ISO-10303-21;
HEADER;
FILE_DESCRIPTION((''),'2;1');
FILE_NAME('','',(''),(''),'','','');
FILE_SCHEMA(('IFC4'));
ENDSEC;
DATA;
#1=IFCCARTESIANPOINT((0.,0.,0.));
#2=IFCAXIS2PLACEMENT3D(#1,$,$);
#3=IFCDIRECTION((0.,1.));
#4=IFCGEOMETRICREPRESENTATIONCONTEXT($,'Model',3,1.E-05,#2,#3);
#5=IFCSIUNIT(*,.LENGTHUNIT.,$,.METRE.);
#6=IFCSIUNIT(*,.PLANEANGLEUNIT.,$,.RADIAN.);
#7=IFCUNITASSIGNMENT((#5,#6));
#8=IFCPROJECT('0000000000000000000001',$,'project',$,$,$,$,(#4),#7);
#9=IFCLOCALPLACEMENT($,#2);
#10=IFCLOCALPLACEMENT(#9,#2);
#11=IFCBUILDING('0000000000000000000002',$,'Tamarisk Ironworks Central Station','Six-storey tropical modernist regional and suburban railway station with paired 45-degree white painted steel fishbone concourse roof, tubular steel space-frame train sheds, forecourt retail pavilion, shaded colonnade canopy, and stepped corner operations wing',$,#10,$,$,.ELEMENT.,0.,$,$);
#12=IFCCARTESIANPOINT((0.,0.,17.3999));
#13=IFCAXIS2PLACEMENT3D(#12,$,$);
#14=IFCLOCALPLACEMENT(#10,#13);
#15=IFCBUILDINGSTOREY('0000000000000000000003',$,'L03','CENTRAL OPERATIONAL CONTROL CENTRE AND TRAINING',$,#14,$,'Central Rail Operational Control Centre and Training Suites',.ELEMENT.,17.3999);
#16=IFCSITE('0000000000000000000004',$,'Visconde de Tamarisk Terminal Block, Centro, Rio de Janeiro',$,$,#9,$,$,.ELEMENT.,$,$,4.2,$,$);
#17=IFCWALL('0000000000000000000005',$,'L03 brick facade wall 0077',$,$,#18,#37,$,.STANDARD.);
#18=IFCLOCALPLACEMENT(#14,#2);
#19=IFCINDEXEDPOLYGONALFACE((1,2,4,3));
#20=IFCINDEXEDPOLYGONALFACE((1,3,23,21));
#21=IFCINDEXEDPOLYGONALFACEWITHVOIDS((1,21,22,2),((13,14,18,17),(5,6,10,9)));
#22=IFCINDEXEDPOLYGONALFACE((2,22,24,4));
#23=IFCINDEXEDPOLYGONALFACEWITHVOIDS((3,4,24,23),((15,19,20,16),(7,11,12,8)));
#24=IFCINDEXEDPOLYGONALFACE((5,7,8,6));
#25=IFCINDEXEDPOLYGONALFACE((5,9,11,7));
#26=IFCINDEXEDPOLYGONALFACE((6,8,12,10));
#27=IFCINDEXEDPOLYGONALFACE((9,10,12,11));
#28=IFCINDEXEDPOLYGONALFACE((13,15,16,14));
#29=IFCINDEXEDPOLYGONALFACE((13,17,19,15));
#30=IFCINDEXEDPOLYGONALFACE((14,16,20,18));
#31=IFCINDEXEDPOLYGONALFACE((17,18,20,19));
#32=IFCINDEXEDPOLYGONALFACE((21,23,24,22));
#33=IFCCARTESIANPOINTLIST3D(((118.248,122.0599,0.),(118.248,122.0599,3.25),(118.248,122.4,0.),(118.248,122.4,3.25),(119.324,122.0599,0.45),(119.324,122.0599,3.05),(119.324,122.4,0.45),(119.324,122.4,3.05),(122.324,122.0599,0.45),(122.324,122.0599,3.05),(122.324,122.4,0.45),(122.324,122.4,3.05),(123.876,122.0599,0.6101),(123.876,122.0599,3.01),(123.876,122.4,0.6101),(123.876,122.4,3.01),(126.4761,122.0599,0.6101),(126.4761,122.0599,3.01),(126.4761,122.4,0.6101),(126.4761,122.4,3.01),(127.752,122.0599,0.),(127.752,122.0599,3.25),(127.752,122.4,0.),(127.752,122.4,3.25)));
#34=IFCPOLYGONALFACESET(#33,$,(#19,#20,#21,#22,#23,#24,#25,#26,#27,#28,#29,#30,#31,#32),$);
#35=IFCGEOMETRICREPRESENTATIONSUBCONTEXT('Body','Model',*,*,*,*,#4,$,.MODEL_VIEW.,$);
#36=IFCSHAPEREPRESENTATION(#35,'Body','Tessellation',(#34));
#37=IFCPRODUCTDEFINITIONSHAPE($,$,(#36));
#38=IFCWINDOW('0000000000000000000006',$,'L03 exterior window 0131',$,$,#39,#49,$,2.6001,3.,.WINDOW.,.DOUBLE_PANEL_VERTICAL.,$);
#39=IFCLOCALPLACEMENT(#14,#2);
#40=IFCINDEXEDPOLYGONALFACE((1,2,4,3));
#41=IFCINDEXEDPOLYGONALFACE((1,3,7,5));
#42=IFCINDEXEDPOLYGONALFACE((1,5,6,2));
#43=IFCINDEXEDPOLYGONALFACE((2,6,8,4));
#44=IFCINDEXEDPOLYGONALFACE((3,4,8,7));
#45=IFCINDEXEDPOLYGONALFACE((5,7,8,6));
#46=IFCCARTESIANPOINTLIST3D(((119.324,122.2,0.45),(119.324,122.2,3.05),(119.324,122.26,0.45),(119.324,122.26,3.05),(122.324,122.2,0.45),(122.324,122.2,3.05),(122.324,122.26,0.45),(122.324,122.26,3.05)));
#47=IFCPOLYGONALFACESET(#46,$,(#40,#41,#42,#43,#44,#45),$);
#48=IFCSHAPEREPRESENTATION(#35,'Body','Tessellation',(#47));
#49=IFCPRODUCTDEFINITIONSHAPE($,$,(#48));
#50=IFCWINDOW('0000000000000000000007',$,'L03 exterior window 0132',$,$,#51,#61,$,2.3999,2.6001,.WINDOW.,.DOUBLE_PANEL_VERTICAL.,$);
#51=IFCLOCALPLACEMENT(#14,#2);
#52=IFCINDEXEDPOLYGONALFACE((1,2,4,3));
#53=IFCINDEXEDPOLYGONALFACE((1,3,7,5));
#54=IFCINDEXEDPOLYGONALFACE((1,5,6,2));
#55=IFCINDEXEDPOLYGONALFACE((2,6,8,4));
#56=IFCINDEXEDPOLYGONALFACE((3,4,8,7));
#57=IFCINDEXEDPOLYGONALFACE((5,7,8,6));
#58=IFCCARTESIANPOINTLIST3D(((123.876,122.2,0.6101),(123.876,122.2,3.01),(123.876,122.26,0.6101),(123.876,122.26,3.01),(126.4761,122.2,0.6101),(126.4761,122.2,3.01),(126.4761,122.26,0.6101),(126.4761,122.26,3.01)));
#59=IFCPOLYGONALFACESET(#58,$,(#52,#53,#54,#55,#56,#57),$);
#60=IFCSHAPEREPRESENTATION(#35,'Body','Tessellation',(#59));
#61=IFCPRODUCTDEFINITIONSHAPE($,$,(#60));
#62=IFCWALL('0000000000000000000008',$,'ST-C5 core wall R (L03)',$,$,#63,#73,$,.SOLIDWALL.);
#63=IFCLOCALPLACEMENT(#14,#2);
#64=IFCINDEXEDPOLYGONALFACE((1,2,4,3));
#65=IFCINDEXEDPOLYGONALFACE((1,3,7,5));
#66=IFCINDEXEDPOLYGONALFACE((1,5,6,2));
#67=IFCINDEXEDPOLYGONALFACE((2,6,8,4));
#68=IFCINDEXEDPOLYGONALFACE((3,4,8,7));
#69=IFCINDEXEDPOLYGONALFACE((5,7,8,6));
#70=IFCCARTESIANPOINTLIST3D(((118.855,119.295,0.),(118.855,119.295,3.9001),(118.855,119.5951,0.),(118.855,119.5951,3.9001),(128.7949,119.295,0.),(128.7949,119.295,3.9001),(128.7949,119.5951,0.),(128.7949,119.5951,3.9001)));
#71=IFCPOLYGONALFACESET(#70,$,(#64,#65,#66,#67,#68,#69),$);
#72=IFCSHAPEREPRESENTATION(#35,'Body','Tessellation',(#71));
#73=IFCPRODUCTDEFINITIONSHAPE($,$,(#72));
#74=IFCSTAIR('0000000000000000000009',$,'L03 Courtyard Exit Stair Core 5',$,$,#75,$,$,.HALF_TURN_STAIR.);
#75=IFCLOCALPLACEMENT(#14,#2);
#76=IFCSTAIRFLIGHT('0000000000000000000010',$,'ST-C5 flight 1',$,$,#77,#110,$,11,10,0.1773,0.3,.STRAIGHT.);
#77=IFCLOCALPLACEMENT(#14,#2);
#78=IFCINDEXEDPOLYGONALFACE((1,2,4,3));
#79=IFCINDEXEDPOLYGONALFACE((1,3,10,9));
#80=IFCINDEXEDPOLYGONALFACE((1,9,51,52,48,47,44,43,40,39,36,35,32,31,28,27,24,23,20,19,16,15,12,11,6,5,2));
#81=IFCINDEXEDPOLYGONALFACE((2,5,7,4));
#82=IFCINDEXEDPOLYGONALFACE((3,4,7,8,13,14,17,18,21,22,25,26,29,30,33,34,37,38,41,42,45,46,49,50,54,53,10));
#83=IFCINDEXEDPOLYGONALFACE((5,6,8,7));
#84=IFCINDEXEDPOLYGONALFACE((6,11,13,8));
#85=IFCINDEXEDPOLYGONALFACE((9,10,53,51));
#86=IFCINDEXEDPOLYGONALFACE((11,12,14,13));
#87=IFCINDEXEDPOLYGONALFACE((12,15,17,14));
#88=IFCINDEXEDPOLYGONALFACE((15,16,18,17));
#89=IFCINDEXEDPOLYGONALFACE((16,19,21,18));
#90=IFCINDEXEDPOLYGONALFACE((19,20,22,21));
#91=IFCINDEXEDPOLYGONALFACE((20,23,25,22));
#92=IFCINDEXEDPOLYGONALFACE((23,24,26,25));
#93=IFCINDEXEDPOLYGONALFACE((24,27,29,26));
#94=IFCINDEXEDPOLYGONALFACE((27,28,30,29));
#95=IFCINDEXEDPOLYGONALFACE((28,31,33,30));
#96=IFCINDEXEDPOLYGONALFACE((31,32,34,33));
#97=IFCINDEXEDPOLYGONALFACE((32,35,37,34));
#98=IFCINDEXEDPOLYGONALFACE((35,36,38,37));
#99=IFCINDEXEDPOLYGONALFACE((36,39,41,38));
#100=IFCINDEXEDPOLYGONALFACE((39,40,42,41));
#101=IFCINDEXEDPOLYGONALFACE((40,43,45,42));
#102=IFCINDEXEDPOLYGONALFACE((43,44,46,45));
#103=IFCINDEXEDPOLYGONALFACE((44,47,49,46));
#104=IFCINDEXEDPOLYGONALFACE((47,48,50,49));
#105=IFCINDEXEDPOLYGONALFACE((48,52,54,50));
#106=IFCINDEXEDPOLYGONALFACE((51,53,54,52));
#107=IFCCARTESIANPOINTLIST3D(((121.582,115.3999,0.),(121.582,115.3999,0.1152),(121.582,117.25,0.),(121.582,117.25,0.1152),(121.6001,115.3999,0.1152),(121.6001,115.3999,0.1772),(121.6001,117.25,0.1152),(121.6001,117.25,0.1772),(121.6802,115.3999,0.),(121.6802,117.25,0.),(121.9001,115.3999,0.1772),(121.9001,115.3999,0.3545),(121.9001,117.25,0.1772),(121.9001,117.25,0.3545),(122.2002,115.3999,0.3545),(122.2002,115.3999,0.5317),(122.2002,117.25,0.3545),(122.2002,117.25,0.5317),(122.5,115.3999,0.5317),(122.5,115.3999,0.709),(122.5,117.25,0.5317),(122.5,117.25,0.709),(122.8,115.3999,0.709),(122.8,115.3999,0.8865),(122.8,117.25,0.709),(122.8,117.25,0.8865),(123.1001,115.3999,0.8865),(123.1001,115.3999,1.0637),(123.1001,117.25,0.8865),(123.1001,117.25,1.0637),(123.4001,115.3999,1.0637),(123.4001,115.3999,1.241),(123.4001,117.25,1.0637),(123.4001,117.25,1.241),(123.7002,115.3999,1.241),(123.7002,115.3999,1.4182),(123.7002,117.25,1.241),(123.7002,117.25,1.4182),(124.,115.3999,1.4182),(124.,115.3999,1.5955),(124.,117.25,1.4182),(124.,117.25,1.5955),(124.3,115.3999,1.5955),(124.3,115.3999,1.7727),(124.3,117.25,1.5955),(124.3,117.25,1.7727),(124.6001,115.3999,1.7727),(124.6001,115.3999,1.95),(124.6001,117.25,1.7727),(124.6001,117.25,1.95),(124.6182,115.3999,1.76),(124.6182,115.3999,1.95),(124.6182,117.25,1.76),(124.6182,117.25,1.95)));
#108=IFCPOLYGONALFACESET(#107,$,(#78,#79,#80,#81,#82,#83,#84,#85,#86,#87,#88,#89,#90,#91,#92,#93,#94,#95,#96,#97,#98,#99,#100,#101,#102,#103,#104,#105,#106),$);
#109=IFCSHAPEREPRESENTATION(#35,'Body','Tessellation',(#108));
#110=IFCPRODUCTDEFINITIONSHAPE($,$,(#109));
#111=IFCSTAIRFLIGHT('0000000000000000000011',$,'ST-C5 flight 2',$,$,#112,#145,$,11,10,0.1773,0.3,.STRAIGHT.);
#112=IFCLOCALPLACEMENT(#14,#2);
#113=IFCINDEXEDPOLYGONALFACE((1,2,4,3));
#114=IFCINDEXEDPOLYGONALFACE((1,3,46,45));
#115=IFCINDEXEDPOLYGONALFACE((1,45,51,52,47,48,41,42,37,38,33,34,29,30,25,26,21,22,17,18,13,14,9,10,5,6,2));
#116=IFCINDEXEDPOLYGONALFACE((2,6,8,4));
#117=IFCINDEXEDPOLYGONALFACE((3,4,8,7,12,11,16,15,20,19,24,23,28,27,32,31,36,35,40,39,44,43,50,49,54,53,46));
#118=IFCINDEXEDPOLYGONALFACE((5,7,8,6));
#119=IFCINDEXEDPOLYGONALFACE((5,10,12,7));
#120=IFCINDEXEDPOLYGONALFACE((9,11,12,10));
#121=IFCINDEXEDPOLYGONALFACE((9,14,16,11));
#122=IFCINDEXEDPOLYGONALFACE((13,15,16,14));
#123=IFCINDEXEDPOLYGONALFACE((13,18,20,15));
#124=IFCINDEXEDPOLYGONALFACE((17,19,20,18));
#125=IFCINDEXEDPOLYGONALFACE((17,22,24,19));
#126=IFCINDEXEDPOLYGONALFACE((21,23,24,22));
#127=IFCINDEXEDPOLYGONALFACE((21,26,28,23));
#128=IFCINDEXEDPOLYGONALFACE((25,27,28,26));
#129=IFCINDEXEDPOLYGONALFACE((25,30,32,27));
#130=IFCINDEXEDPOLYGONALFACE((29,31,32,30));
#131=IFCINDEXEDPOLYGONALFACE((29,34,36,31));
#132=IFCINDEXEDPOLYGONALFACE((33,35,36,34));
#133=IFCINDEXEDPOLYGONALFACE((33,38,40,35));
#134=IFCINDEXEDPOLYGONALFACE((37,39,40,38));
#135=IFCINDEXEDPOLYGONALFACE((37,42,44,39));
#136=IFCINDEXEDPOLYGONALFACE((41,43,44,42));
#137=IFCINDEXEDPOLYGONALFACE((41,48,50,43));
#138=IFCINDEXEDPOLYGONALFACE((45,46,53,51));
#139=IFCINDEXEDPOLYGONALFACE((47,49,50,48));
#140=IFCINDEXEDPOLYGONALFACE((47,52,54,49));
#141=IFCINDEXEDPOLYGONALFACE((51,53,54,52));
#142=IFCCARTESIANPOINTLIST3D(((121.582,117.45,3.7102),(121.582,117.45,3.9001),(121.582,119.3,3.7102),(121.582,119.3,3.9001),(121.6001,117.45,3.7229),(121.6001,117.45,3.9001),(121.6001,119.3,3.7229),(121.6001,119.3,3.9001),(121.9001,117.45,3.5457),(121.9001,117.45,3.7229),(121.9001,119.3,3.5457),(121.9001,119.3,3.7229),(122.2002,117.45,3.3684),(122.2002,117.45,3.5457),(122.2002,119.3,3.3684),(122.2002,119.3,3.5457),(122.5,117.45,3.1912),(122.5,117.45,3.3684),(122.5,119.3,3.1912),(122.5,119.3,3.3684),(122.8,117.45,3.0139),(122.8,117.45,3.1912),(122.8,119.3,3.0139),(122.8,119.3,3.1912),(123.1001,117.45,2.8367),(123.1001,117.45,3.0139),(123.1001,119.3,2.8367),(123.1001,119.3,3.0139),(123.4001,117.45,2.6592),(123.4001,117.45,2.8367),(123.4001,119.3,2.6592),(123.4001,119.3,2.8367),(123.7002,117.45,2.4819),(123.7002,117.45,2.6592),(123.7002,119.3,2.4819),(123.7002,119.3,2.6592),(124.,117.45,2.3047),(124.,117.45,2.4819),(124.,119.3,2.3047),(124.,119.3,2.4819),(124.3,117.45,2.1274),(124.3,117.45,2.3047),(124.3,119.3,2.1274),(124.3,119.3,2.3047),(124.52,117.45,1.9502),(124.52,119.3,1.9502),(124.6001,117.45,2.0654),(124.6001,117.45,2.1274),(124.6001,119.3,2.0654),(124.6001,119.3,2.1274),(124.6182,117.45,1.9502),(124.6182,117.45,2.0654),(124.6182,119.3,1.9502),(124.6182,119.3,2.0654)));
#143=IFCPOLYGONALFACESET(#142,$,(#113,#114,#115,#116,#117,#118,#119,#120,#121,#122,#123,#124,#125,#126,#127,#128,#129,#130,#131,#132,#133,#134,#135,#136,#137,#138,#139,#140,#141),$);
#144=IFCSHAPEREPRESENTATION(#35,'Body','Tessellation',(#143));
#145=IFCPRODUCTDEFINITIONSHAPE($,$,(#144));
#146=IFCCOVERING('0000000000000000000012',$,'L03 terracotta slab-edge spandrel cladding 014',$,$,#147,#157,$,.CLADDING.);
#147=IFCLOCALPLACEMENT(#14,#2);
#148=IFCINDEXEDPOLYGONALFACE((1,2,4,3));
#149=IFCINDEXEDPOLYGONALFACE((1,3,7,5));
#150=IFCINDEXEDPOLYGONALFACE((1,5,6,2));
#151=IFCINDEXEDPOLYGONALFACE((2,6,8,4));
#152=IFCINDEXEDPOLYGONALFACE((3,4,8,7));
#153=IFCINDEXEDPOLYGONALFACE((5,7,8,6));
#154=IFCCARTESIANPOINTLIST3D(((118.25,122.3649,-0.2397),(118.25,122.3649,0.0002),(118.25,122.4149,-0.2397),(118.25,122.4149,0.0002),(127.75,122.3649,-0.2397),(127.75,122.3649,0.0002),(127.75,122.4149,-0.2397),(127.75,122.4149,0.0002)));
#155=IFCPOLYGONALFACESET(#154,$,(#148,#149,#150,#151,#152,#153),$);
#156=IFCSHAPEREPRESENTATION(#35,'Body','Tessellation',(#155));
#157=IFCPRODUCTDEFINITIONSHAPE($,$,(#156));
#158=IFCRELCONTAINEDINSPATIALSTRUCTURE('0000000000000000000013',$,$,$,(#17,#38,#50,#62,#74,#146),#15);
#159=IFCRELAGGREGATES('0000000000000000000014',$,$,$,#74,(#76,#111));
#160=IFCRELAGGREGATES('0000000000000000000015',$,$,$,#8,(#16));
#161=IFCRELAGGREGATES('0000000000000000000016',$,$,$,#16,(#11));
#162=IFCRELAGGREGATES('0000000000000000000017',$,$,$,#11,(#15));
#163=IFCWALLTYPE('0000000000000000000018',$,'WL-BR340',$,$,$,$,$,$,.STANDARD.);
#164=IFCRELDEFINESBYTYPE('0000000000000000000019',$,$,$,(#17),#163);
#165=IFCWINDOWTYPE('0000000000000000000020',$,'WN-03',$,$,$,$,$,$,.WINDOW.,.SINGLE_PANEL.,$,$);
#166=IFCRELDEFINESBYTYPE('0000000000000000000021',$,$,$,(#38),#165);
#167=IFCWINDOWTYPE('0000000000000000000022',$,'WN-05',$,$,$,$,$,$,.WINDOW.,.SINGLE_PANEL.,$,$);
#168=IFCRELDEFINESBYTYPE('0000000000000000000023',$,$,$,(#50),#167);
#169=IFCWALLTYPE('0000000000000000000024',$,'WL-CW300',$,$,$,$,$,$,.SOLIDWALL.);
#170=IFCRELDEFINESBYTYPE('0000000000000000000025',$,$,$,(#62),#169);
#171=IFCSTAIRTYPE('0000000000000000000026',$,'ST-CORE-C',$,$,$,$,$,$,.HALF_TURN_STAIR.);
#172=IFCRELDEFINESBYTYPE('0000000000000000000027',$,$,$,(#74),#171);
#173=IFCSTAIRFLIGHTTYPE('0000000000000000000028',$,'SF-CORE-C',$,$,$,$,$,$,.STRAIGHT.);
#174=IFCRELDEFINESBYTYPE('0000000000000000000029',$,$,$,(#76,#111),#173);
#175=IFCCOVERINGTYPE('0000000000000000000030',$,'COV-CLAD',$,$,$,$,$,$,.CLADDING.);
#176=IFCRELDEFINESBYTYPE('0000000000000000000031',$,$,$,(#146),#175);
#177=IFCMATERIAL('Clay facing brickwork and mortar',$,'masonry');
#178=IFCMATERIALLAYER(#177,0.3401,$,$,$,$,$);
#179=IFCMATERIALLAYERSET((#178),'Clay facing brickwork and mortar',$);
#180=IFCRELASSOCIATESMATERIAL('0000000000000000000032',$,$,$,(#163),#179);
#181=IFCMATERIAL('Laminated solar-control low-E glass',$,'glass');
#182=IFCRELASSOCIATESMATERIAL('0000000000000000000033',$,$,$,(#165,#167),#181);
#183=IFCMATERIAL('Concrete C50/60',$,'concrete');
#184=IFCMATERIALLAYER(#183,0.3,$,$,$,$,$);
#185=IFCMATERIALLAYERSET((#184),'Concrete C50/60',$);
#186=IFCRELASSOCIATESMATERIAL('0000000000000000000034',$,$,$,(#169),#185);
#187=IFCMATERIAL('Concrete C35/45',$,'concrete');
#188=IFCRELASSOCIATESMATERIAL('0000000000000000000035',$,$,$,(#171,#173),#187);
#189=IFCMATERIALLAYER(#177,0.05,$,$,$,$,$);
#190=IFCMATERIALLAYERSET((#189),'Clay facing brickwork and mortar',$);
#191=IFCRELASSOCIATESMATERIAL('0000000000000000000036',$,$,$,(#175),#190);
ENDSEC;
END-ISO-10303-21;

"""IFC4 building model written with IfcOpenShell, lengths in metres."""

from ifc_helpers import new_model, si_unit, direction, frame, frame_2d, origin, origin_2d, place, context, subcontext, project, spatial, polyline, rectangle, outline, extrude, material, layer, layer_set, type_object, element, fill, aggregate, save


model = new_model("IFC4")

# Units and contexts
model_context = context("Model", 3, precision=1e-05, world=origin(), true_north=direction((0.0, 1.0)))
body_context = subcontext(model_context, "Body", "Model", "MODEL_VIEW")
ifc_project = project(units=[si_unit("LENGTHUNIT", "METRE"), si_unit("PLANEANGLEUNIT", "RADIAN")], contexts=[model_context])

# Site, building, storey
site_placement = place(None, origin())
site = spatial("IfcSite", under=ifc_project, at=site_placement, Name="Visconde de Tamarisk Terminal Block, Centro, Rio de Janeiro", CompositionType="ELEMENT", RefElevation=4.2)
building_placement = place(site_placement, origin())
building = spatial("IfcBuilding", under=site, at=building_placement, Name="Tamarisk Ironworks Central Station", Description="Six-storey tropical modernist regional and suburban railway station with paired 45-degree white painted steel fishbone concourse roof, tubular steel space-frame train sheds, forecourt retail pavilion, shaded colonnade canopy, and stepped corner operations wing", CompositionType="ELEMENT", ElevationOfRefHeight=0.0)
storey_placement = place(building_placement, frame((0.0, 0.0, 17.3999)))
storey = spatial("IfcBuildingStorey", under=building, at=storey_placement, Name="L03", Description="CENTRAL OPERATIONAL CONTROL CENTRE AND TRAINING", LongName="Central Rail Operational Control Centre and Training Suites", CompositionType="ELEMENT", Elevation=17.3999)

# Shared definitions
ifc_material_1 = material(Name="Concrete C50/60", Category="concrete")

# Wall, openings, windows
ifc_material_2 = material(Name="Clay facing brickwork and mortar", Category="masonry")
ifc_layer_1 = layer(ifc_material_2, 0.3401)
ifc_layer_set_1 = layer_set([ifc_layer_1], Name="Clay facing brickwork and mortar")
wall_type_1 = type_object("IfcWallType", Name="WL-BR340", PredefinedType="STANDARD", material=ifc_layer_set_1)
wall_1_placement = place(storey_placement, frame((118.248, 122.23, 0.0), z_axis=(0.0, 0.0, 1.0), x_axis=(1.0, 0.0, 0.0)))
wall_1 = element("IfcWall", 1, at=wall_1_placement, inside=storey, type_object=wall_type_1, Name="L03 brick facade wall 0077", PredefinedType="STANDARD", context=body_context, shape_type="SweptSolid", body=[
    extrude(rectangle(XDim=9.5039, YDim=0.3401, at=frame_2d((4.752, 0.0))), origin(), (0.0, 0.0, 1.0), 3.25),
])
opening_1_placement = place(wall_1_placement, frame((1.0759, 0.0, 0.45)))
opening_1 = element("IfcOpeningElement", 2, at=opening_1_placement, cuts=wall_1, PredefinedType="OPENING", context=body_context, shape_type="SweptSolid", body=[
    extrude(rectangle(XDim=3.0, YDim=2.6001, at=frame_2d((1.5, 1.3))), frame((0.0, 0.1821, 0.0), z_axis=(0.0, -1.0, 0.0), x_axis=(1.0, 0.0, 0.0)), (0.0, 0.0, 1.0), 0.364),
])
opening_2_placement = place(wall_1_placement, frame((5.6279, 0.0, 0.6101)))
opening_2 = element("IfcOpeningElement", 3, at=opening_2_placement, cuts=wall_1, PredefinedType="OPENING", context=body_context, shape_type="SweptSolid", body=[
    extrude(rectangle(XDim=2.6001, YDim=2.3999, at=frame_2d((1.3, 1.2))), frame((0.0, 0.1821, 0.0), z_axis=(0.0, -1.0, 0.0), x_axis=(1.0, 0.0, 0.0)), (0.0, 0.0, 1.0), 0.364),
])
ifc_material_3 = material(Name="Laminated solar-control low-E glass", Category="glass")
window_type_1 = type_object("IfcWindowType", Name="WN-03", PartitioningType="SINGLE_PANEL", PredefinedType="WINDOW", material=ifc_material_3)
window_1_placement = place(opening_1_placement, origin())
window_1 = element("IfcWindow", 4, at=window_1_placement, inside=storey, type_object=window_type_1, Name="L03 exterior window 0131", OverallHeight=2.6001, OverallWidth=3.0, PartitioningType="DOUBLE_PANEL_VERTICAL", PredefinedType="WINDOW", context=body_context, shape_type="SweptSolid", body=[
    extrude(rectangle(XDim=3.0, YDim=2.6001, at=frame_2d((1.5, 1.3))), frame((0.0, 0.03, 0.0), z_axis=(0.0, -1.0, 0.0), x_axis=(1.0, 0.0, 0.0)), (0.0, 0.0, 1.0), 0.0601),
])
fill(opening_1, window_1)
window_type_2 = type_object("IfcWindowType", Name="WN-05", PartitioningType="SINGLE_PANEL", PredefinedType="WINDOW", material=ifc_material_3)
window_2_placement = place(opening_2_placement, origin())
window_2 = element("IfcWindow", 5, at=window_2_placement, inside=storey, type_object=window_type_2, Name="L03 exterior window 0132", OverallHeight=2.3999, OverallWidth=2.6001, PartitioningType="DOUBLE_PANEL_VERTICAL", PredefinedType="WINDOW", context=body_context, shape_type="SweptSolid", body=[
    extrude(rectangle(XDim=2.6001, YDim=2.3999, at=frame_2d((1.3, 1.2))), frame((0.0, 0.03, 0.0), z_axis=(0.0, -1.0, 0.0), x_axis=(1.0, 0.0, 0.0)), (0.0, 0.0, 1.0), 0.0601),
])
fill(opening_2, window_2)

# Wall
ifc_layer_2 = layer(ifc_material_1, 0.3)
ifc_layer_set_2 = layer_set([ifc_layer_2], Name="Concrete C50/60")
wall_type_2 = type_object("IfcWallType", Name="WL-CW300", PredefinedType="SOLIDWALL", material=ifc_layer_set_2)
wall_2_placement = place(storey_placement, frame((118.855, 119.4451, 0.0), z_axis=(0.0, 0.0, 1.0), x_axis=(1.0, 0.0, 0.0)))
element("IfcWall", 6, at=wall_2_placement, inside=storey, type_object=wall_type_2, Name="ST-C5 core wall R (L03)", PredefinedType="SOLIDWALL", context=body_context, shape_type="SweptSolid", body=[
    extrude(rectangle(XDim=9.9399, YDim=0.3, at=frame_2d((4.97, 0.0))), origin(), (0.0, 0.0, 1.0), 3.9001),
])

# Stair, stair flights
ifc_material_4 = material(Name="Concrete C35/45", Category="concrete")
stair_type = type_object("IfcStairType", Name="ST-CORE-C", PredefinedType="HALF_TURN_STAIR", material=ifc_material_4)
stair_placement = place(storey_placement, origin())
stair = element("IfcStair", 7, at=stair_placement, inside=storey, type_object=stair_type, Name="L03 Courtyard Exit Stair Core 5", PredefinedType="HALF_TURN_STAIR")
stair_flight_type = type_object("IfcStairFlightType", Name="SF-CORE-C", PredefinedType="STRAIGHT", material=ifc_material_4)
stair_flight_1_placement = place(storey_placement, frame((121.6001, 116.325, 0.0), z_axis=(0.0, 0.0, 1.0), x_axis=(1.0, 0.0, 0.0)))
stair_flight_1 = element("IfcStairFlight", 8, at=stair_flight_1_placement, type_object=stair_flight_type, Name="ST-C5 flight 1", NumberOfRisers=11, NumberOfTreads=10, PredefinedType="STRAIGHT", RiserHeight=0.1773, TreadLength=0.3, context=body_context, shape_type="SweptSolid", body=[
    extrude(outline(polyline([(-0.0181, 0.0), (-0.0181, 0.1152), (0.0, 0.1152), (0.0, 0.1772), (0.3, 0.1772), (0.3, 0.3545), (0.6001, 0.3545), (0.6001, 0.5317), (0.8999, 0.5317), (0.8999, 0.709), (1.2, 0.709), (1.2, 0.8865), (1.5, 0.8865), (1.5, 1.0637), (1.8, 1.0637), (1.8, 1.241), (2.1001, 1.241), (2.1001, 1.4182), (2.3999, 1.4182), (2.3999, 1.5955), (2.7, 1.5955), (2.7, 1.7727), (3.0, 1.7727), (3.0, 1.95), (3.0181, 1.95), (3.0181, 1.76), (0.0801, 0.0), (-0.0181, 0.0)])), frame((0.0, 0.925, 0.0), z_axis=(0.0, -1.0, 0.0), x_axis=(1.0, 0.0, 0.0)), (0.0, 0.0, 1.0), 1.8501),
])
stair_flight_2_placement = place(storey_placement, frame((124.6001, 118.375, 1.9502), z_axis=(0.0, 0.0, 1.0), x_axis=(-1.0, 0.0, 0.0)))
stair_flight_2 = element("IfcStairFlight", 9, at=stair_flight_2_placement, type_object=stair_flight_type, Name="ST-C5 flight 2", NumberOfRisers=11, NumberOfTreads=10, PredefinedType="STRAIGHT", RiserHeight=0.1773, TreadLength=0.3, context=body_context, shape_type="SweptSolid", body=[
    extrude(outline(polyline([(-0.0181, 0.0), (-0.0181, 0.1152), (0.0, 0.1152), (0.0, 0.1772), (0.3, 0.1772), (0.3, 0.3545), (0.6001, 0.3545), (0.6001, 0.5317), (0.8999, 0.5317), (0.8999, 0.709), (1.2, 0.709), (1.2, 0.8865), (1.5, 0.8865), (1.5, 1.0637), (1.8, 1.0637), (1.8, 1.241), (2.1001, 1.241), (2.1001, 1.4182), (2.3999, 1.4182), (2.3999, 1.5955), (2.7, 1.5955), (2.7, 1.7727), (3.0, 1.7727), (3.0, 1.95), (3.0181, 1.95), (3.0181, 1.76), (0.0801, 0.0), (-0.0181, 0.0)])), frame((0.0, 0.925, 0.0), z_axis=(0.0, -1.0, 0.0), x_axis=(1.0, 0.0, 0.0)), (0.0, 0.0, 1.0), 1.8501),
])
aggregate(stair, [stair_flight_1, stair_flight_2])

# Covering
ifc_layer_3 = layer(ifc_material_2, 0.05)
ifc_layer_set_3 = layer_set([ifc_layer_3], Name="Clay facing brickwork and mortar")
covering_type = type_object("IfcCoveringType", Name="COV-CLAD", PredefinedType="CLADDING", material=ifc_layer_set_3)
covering_placement = place(storey_placement, frame((123.0, 122.3899, -0.2397), z_axis=(0.0, 0.0, 1.0), x_axis=(1.0, 0.0, 0.0)))
element("IfcCovering", 10, at=covering_placement, inside=storey, type_object=covering_type, Name="L03 terracotta slab-edge spandrel cladding 014", PredefinedType="CLADDING", context=body_context, shape_type="SweptSolid", body=[
    extrude(rectangle(XDim=9.5, YDim=0.05, at=origin_2d()), origin(), (0.0, 0.0, 1.0), 0.24),
])

save(model, "model.ifc")
